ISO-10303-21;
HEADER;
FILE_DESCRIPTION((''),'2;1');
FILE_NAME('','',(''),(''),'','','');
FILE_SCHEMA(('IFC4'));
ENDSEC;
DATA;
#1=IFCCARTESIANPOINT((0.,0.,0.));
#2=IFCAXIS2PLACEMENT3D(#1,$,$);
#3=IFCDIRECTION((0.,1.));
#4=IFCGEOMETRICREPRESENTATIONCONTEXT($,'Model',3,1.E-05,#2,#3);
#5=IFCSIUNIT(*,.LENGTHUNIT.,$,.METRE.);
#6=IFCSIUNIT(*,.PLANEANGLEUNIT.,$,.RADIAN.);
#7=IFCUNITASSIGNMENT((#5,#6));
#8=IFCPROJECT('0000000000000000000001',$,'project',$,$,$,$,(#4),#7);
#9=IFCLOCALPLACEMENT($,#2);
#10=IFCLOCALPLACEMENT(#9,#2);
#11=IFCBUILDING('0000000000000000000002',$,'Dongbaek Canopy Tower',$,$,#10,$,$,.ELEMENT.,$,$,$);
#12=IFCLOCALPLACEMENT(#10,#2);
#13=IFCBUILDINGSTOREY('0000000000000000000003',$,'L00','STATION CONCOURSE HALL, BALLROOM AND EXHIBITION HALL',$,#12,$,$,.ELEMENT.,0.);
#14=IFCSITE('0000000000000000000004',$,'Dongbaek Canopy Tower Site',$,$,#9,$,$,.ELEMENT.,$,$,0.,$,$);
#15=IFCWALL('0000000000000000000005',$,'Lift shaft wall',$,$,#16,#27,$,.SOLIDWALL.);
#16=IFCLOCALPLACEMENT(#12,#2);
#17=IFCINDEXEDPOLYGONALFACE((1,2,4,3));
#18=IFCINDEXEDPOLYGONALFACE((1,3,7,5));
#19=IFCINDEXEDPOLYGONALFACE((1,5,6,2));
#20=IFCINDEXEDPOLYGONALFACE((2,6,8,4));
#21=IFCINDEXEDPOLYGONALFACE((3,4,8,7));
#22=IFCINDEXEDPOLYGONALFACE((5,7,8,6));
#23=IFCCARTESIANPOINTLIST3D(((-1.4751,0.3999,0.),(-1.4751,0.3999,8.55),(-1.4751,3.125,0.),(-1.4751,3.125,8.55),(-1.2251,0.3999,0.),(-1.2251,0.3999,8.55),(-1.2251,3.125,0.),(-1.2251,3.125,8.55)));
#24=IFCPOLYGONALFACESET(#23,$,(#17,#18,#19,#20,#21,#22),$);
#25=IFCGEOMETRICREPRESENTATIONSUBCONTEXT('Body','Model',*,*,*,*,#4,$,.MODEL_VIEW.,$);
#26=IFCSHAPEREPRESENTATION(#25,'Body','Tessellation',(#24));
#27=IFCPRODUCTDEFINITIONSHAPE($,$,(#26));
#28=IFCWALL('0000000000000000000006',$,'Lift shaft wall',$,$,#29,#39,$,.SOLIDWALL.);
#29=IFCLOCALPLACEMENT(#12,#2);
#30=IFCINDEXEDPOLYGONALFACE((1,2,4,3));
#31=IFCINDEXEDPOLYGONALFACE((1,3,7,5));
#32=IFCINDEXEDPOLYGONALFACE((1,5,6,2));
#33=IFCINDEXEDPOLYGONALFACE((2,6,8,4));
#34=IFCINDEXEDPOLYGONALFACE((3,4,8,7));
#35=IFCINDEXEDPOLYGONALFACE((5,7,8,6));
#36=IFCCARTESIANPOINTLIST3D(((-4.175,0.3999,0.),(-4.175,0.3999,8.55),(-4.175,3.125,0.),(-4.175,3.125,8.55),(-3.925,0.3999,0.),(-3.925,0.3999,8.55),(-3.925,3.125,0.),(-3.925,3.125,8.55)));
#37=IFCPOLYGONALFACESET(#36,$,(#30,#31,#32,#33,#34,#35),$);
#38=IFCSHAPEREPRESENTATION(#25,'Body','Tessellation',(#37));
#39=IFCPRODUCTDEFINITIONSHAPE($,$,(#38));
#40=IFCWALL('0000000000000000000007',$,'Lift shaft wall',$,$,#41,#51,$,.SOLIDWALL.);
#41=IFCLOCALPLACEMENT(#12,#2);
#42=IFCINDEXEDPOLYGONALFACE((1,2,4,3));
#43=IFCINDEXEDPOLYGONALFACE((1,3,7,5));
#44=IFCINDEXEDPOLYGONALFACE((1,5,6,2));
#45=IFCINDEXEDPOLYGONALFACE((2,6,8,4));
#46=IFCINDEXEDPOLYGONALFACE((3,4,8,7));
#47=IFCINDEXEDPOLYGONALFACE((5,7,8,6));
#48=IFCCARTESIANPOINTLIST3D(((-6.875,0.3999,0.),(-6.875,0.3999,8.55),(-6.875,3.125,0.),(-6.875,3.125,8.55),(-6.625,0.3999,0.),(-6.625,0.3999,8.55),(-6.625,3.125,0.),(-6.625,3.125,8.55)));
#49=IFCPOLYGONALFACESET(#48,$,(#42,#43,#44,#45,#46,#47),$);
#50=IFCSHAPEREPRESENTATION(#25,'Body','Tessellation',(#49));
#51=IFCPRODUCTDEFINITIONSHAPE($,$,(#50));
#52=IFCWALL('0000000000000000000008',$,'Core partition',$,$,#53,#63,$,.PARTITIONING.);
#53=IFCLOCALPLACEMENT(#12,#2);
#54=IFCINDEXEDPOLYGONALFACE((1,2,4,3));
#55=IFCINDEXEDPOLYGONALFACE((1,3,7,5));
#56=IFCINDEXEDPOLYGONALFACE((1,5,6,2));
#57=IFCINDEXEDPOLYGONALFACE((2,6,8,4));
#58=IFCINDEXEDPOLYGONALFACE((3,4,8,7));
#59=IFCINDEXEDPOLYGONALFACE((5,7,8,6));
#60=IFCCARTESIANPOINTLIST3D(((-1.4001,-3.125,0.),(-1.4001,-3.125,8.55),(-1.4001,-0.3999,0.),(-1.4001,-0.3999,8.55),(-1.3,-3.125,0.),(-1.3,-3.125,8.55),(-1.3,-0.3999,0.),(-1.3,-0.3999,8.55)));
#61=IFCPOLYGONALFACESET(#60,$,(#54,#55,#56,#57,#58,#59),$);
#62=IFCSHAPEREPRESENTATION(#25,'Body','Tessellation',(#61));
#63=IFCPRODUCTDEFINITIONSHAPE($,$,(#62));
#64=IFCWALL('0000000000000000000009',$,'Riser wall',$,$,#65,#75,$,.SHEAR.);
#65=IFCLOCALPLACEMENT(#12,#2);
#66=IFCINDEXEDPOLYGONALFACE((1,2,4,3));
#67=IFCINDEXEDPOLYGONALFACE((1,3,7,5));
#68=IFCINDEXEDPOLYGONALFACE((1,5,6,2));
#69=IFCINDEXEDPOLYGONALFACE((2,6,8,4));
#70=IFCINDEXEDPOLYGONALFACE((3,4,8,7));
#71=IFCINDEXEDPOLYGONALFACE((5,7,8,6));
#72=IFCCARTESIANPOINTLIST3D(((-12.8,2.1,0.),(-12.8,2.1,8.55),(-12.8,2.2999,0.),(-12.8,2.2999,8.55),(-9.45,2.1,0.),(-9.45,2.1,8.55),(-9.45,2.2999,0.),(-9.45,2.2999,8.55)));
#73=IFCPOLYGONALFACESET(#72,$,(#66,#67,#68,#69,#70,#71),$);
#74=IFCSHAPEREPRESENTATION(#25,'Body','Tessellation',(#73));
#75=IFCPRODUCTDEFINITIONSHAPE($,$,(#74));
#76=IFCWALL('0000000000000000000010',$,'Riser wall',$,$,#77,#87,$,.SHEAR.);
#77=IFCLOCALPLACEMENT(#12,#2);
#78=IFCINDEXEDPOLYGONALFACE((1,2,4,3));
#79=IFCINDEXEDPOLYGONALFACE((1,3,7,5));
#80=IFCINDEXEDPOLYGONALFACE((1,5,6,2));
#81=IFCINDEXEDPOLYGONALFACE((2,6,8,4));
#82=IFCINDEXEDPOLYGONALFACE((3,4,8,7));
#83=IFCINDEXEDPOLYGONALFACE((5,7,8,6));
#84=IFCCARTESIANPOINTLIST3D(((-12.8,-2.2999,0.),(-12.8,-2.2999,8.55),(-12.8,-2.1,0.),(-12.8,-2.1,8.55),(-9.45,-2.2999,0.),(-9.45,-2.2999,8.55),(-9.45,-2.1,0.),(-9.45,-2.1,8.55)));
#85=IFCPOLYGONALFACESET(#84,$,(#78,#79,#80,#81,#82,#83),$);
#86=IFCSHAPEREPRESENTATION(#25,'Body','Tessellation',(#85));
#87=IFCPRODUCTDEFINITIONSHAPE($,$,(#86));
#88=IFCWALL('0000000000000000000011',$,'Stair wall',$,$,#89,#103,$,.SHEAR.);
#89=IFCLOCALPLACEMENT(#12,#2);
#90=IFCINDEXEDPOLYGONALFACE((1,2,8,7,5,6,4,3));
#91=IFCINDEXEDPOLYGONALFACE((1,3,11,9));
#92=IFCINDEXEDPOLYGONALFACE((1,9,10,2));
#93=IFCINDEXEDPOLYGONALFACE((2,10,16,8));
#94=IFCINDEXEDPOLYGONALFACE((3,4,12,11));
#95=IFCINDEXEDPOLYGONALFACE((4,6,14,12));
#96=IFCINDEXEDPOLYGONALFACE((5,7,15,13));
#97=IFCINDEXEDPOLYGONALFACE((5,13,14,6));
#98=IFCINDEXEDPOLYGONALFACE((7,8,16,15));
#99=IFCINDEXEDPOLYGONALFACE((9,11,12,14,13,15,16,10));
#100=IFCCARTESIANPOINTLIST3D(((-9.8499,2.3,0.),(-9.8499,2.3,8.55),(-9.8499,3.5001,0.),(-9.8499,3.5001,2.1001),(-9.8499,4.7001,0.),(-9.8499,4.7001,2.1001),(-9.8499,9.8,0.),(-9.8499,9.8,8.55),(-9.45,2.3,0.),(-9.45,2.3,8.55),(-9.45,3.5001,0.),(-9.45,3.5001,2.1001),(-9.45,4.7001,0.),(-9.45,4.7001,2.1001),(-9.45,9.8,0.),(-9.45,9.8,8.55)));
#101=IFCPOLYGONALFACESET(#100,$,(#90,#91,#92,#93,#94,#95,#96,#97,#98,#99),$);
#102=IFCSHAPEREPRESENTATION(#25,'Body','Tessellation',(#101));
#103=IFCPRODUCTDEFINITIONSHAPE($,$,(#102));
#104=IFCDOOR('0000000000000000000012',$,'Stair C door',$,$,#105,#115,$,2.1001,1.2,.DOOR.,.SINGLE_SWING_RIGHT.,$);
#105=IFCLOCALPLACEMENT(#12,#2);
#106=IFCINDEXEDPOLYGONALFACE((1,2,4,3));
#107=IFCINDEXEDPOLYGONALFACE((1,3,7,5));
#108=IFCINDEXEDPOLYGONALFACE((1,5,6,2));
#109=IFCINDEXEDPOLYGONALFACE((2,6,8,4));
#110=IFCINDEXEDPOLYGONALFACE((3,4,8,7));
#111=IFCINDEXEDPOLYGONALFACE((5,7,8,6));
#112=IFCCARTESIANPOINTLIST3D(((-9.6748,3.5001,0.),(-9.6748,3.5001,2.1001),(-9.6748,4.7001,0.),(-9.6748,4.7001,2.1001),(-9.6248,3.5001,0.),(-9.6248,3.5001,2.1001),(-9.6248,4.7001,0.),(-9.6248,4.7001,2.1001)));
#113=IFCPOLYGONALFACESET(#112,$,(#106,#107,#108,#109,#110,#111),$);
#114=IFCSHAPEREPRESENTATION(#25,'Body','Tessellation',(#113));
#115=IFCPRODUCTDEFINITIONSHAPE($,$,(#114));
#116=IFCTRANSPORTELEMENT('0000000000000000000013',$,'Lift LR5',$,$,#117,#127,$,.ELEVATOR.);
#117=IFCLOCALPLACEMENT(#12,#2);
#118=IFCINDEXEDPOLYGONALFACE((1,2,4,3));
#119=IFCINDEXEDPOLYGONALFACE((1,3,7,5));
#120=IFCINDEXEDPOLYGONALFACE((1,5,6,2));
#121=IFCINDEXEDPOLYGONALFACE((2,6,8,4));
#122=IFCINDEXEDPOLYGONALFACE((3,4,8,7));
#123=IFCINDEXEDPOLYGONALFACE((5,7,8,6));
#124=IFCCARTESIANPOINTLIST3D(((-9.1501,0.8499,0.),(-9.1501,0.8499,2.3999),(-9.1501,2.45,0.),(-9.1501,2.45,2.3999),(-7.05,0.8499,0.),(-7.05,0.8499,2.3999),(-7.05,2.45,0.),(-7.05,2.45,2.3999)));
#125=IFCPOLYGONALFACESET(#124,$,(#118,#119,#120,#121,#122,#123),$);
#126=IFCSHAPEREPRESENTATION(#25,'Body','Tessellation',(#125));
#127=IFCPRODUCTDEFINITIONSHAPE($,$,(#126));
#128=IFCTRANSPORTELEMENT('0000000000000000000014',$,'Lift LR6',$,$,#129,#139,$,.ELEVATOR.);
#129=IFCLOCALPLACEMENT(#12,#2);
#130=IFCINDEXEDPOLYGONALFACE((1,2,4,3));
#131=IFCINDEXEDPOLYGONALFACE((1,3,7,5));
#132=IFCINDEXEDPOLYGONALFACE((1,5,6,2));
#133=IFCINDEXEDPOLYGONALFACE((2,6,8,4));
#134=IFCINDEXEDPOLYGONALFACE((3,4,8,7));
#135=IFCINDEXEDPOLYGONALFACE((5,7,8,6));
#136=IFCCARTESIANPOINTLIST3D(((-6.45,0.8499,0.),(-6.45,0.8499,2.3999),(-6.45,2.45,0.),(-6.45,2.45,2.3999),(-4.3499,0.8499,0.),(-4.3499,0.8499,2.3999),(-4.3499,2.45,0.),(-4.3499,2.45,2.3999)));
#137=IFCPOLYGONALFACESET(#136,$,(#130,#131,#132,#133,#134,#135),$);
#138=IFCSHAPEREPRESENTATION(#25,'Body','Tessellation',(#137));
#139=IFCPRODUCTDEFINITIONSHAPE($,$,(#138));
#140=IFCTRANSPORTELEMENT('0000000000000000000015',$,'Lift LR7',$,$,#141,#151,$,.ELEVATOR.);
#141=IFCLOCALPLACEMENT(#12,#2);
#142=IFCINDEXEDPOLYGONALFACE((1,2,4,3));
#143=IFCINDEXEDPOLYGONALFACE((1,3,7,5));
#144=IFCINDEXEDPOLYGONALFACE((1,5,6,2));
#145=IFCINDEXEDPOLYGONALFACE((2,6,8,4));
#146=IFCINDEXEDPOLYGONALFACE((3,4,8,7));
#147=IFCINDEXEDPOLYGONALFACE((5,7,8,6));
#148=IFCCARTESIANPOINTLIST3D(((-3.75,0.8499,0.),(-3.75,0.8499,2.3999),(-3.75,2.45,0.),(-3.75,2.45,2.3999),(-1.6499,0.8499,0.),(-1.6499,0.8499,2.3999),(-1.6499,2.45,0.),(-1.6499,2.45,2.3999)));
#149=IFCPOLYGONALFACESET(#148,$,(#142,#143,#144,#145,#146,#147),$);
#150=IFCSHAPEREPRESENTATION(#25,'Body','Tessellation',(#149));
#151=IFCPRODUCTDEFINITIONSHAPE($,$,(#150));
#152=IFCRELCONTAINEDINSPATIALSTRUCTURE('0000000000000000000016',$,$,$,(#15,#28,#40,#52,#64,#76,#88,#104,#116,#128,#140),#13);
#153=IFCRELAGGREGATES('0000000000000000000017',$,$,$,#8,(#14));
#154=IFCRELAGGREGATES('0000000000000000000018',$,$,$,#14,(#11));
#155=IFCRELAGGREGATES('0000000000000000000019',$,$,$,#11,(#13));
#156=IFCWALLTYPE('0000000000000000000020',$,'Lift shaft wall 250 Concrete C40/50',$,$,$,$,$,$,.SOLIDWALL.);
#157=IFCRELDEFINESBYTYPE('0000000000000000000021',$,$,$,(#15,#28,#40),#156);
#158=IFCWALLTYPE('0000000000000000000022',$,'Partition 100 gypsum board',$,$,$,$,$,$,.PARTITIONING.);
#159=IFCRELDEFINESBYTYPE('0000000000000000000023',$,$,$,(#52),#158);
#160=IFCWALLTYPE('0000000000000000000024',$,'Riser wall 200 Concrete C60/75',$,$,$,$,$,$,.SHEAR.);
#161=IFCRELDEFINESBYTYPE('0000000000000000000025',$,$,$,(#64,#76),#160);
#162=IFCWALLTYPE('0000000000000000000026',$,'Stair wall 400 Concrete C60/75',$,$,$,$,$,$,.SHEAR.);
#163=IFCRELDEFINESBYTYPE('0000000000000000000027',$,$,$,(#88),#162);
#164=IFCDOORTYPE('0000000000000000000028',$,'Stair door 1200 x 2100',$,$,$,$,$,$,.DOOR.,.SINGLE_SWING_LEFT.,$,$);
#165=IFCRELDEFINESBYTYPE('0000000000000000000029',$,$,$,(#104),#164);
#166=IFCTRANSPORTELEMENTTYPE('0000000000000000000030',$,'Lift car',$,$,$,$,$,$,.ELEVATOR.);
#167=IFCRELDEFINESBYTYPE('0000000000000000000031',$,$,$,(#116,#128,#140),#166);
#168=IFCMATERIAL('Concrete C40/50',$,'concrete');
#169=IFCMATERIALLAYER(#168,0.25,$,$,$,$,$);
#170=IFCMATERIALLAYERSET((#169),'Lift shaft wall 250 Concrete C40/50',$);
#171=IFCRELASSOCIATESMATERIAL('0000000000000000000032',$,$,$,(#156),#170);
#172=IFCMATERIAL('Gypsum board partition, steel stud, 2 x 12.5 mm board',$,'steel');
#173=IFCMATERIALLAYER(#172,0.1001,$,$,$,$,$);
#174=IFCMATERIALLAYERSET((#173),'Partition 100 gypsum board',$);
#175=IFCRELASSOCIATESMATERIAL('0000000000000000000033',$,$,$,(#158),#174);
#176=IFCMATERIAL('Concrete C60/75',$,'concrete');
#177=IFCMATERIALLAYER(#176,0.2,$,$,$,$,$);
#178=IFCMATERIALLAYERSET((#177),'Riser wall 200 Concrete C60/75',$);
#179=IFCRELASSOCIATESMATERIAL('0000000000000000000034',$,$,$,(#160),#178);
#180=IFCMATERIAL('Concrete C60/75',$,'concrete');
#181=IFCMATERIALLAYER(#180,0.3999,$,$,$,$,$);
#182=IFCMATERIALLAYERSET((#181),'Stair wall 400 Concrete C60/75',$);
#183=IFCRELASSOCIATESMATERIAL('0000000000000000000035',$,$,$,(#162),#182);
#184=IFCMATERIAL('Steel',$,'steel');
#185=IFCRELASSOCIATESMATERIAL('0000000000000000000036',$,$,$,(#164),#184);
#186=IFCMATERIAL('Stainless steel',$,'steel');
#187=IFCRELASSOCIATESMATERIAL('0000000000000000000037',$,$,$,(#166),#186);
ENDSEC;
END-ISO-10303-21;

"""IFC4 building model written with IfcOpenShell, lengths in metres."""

from ifc_helpers import new_model, si_unit, direction, frame, frame_2d, origin, origin_2d, place, context, subcontext, project, spatial, rectangle, extrude, material, layer, layer_set, type_object, element, fill, save


model = new_model("IFC4")

# Units and contexts
model_context = context("Model", 3, precision=1e-05, world=origin(), true_north=direction((0.0, 1.0)))
body_context = subcontext(model_context, "Body", "Model", "MODEL_VIEW")
ifc_project = project(units=[si_unit("LENGTHUNIT", "METRE"), si_unit("PLANEANGLEUNIT", "RADIAN")], contexts=[model_context])

# Site, building, storey
site_placement = place(None, origin())
site = spatial("IfcSite", under=ifc_project, at=site_placement, Name="Dongbaek Canopy Tower Site", CompositionType="ELEMENT", RefElevation=0.0)
building_placement = place(site_placement, origin())
building = spatial("IfcBuilding", under=site, at=building_placement, Name="Dongbaek Canopy Tower", CompositionType="ELEMENT")
storey_placement = place(building_placement, origin())
storey = spatial("IfcBuildingStorey", under=building, at=storey_placement, Name="L00", Description="STATION CONCOURSE HALL, BALLROOM AND EXHIBITION HALL", CompositionType="ELEMENT", Elevation=0.0)

# Walls
ifc_material_1 = material(Name="Concrete C40/50", Category="concrete")
ifc_layer_1 = layer(ifc_material_1, 0.25)
ifc_layer_set_1 = layer_set([ifc_layer_1], Name="Lift shaft wall 250 Concrete C40/50")
wall_type_1 = type_object("IfcWallType", Name="Lift shaft wall 250 Concrete C40/50", PredefinedType="SOLIDWALL", material=ifc_layer_set_1)
for number, where, z_axis, x_axis, name in (
    (1, (-1.3501, 0.3999, 0.0), (0.0, 0.0, 1.0), (0.0, 1.0, 0.0), "Lift shaft wall"),
    (2, (-4.05, 0.3999, 0.0), (0.0, 0.0, 1.0), (0.0, 1.0, 0.0), "Lift shaft wall"),
    (3, (-6.75, 0.3999, 0.0), (0.0, 0.0, 1.0), (0.0, 1.0, 0.0), "Lift shaft wall"),
):
    element("IfcWall", number, at=place(storey_placement, frame(where, z_axis=z_axis, x_axis=x_axis)), inside=storey, type_object=wall_type_1, Name=name, PredefinedType="SOLIDWALL", context=body_context, shape_type="SweptSolid", body=[
        extrude(rectangle(XDim=2.7251, YDim=0.25, at=frame_2d((1.3625, 0.0))), origin(), (0.0, 0.0, 1.0), 8.55),
    ])
ifc_material_2 = material(Name="Gypsum board partition, steel stud, 2 x 12.5 mm board", Category="steel")
ifc_layer_2 = layer(ifc_material_2, 0.1001)
ifc_layer_set_2 = layer_set([ifc_layer_2], Name="Partition 100 gypsum board")
wall_type_2 = type_object("IfcWallType", Name="Partition 100 gypsum board", PredefinedType="PARTITIONING", material=ifc_layer_set_2)
wall_1_placement = place(storey_placement, frame((-1.3501, -3.125, 0.0), z_axis=(0.0, 0.0, 1.0), x_axis=(0.0, 1.0, 0.0)))
element("IfcWall", 4, at=wall_1_placement, inside=storey, type_object=wall_type_2, Name="Core partition", PredefinedType="PARTITIONING", context=body_context, shape_type="SweptSolid", body=[
    extrude(rectangle(XDim=2.7251, YDim=0.1001, at=frame_2d((1.3625, 0.0))), origin(), (0.0, 0.0, 1.0), 8.55),
])
ifc_material_3 = material(Name="Concrete C60/75", Category="concrete")
ifc_layer_3 = layer(ifc_material_3, 0.2)
ifc_layer_set_3 = layer_set([ifc_layer_3], Name="Riser wall 200 Concrete C60/75")
wall_type_3 = type_object("IfcWallType", Name="Riser wall 200 Concrete C60/75", PredefinedType="SHEAR", material=ifc_layer_set_3)
for number, where, z_axis, x_axis, name in (
    (5, (-9.45, 2.2, 0.0), (0.0, 0.0, 1.0), (-1.0, 0.0, 0.0), "Riser wall"),
    (6, (-9.45, -2.2, 0.0), (0.0, 0.0, 1.0), (-1.0, 0.0, 0.0), "Riser wall"),
):
    element("IfcWall", number, at=place(storey_placement, frame(where, z_axis=z_axis, x_axis=x_axis)), inside=storey, type_object=wall_type_3, Name=name, PredefinedType="SHEAR", context=body_context, shape_type="SweptSolid", body=[
        extrude(rectangle(XDim=3.3501, YDim=0.2, at=frame_2d((1.675, 0.0))), origin(), (0.0, 0.0, 1.0), 8.55),
    ])

# Wall, opening, door
ifc_material_4 = material(Name="Concrete C60/75", Category="concrete")
ifc_layer_4 = layer(ifc_material_4, 0.3999)
ifc_layer_set_4 = layer_set([ifc_layer_4], Name="Stair wall 400 Concrete C60/75")
wall_type_4 = type_object("IfcWallType", Name="Stair wall 400 Concrete C60/75", PredefinedType="SHEAR", material=ifc_layer_set_4)
wall_2_placement = place(storey_placement, frame((-9.6499, 2.3, 0.0), z_axis=(0.0, 0.0, 1.0), x_axis=(0.0, 1.0, 0.0)))
wall_2 = element("IfcWall", 7, at=wall_2_placement, inside=storey, type_object=wall_type_4, Name="Stair wall", PredefinedType="SHEAR", context=body_context, shape_type="SweptSolid", body=[
    extrude(rectangle(XDim=7.5, YDim=0.3999, at=frame_2d((3.75, 0.0))), origin(), (0.0, 0.0, 1.0), 8.55),
])
opening_1_placement = place(wall_2_placement, frame((1.2, 0.0, 0.0)))
opening_1 = element("IfcOpeningElement", 8, at=opening_1_placement, cuts=wall_2, PredefinedType="OPENING", context=body_context, shape_type="SweptSolid", body=[
    extrude(rectangle(XDim=1.2, YDim=2.1001, at=frame_2d((0.6001, 1.05))), frame((0.0, 0.21, 0.0), z_axis=(0.0, -1.0, 0.0), x_axis=(1.0, 0.0, 0.0)), (0.0, 0.0, 1.0), 0.4199),
])
ifc_material_5 = material(Name="Steel", Category="steel")
door_type_1 = type_object("IfcDoorType", Name="Stair door 1200 x 2100", OperationType="SINGLE_SWING_LEFT", PredefinedType="DOOR", material=ifc_material_5)
door_1_placement = place(opening_1_placement, origin())
door_1 = element("IfcDoor", 9, at=door_1_placement, inside=storey, type_object=door_type_1, Name="Stair C door", OperationType="SINGLE_SWING_RIGHT", OverallHeight=2.1001, OverallWidth=1.2, PredefinedType="DOOR", context=body_context, shape_type="SweptSolid", body=[
    extrude(rectangle(XDim=1.2, YDim=2.1001, at=frame_2d((0.6001, 1.05))), frame((0.0, 0.0249, 0.0), z_axis=(0.0, -1.0, 0.0), x_axis=(1.0, 0.0, 0.0)), (0.0, 0.0, 1.0), 0.05),
])
fill(opening_1, door_1)

# Transport elements
ifc_material_6 = material(Name="Stainless steel", Category="steel")
transport_element_type = type_object("IfcTransportElementType", Name="Lift car", PredefinedType="ELEVATOR", material=ifc_material_6)
for number, where, z_axis, x_axis, name in (
    (10, (-8.1001, 1.6499, 0.0), (0.0, 0.0, 1.0), (1.0, 0.0, 0.0), "Lift LR5"),
    (11, (-5.3999, 1.6499, 0.0), (0.0, 0.0, 1.0), (1.0, 0.0, 0.0), "Lift LR6"),
    (12, (-2.7, 1.6499, 0.0), (0.0, 0.0, 1.0), (1.0, 0.0, 0.0), "Lift LR7"),
):
    element("IfcTransportElement", number, at=place(storey_placement, frame(where, z_axis=z_axis, x_axis=x_axis)), inside=storey, type_object=transport_element_type, Name=name, PredefinedType="ELEVATOR", context=body_context, shape_type="SweptSolid", body=[
        extrude(rectangle(XDim=2.1001, YDim=1.6001, at=origin_2d()), origin(), (0.0, 0.0, 1.0), 2.3999),
    ])

save(model, "model.ifc")
